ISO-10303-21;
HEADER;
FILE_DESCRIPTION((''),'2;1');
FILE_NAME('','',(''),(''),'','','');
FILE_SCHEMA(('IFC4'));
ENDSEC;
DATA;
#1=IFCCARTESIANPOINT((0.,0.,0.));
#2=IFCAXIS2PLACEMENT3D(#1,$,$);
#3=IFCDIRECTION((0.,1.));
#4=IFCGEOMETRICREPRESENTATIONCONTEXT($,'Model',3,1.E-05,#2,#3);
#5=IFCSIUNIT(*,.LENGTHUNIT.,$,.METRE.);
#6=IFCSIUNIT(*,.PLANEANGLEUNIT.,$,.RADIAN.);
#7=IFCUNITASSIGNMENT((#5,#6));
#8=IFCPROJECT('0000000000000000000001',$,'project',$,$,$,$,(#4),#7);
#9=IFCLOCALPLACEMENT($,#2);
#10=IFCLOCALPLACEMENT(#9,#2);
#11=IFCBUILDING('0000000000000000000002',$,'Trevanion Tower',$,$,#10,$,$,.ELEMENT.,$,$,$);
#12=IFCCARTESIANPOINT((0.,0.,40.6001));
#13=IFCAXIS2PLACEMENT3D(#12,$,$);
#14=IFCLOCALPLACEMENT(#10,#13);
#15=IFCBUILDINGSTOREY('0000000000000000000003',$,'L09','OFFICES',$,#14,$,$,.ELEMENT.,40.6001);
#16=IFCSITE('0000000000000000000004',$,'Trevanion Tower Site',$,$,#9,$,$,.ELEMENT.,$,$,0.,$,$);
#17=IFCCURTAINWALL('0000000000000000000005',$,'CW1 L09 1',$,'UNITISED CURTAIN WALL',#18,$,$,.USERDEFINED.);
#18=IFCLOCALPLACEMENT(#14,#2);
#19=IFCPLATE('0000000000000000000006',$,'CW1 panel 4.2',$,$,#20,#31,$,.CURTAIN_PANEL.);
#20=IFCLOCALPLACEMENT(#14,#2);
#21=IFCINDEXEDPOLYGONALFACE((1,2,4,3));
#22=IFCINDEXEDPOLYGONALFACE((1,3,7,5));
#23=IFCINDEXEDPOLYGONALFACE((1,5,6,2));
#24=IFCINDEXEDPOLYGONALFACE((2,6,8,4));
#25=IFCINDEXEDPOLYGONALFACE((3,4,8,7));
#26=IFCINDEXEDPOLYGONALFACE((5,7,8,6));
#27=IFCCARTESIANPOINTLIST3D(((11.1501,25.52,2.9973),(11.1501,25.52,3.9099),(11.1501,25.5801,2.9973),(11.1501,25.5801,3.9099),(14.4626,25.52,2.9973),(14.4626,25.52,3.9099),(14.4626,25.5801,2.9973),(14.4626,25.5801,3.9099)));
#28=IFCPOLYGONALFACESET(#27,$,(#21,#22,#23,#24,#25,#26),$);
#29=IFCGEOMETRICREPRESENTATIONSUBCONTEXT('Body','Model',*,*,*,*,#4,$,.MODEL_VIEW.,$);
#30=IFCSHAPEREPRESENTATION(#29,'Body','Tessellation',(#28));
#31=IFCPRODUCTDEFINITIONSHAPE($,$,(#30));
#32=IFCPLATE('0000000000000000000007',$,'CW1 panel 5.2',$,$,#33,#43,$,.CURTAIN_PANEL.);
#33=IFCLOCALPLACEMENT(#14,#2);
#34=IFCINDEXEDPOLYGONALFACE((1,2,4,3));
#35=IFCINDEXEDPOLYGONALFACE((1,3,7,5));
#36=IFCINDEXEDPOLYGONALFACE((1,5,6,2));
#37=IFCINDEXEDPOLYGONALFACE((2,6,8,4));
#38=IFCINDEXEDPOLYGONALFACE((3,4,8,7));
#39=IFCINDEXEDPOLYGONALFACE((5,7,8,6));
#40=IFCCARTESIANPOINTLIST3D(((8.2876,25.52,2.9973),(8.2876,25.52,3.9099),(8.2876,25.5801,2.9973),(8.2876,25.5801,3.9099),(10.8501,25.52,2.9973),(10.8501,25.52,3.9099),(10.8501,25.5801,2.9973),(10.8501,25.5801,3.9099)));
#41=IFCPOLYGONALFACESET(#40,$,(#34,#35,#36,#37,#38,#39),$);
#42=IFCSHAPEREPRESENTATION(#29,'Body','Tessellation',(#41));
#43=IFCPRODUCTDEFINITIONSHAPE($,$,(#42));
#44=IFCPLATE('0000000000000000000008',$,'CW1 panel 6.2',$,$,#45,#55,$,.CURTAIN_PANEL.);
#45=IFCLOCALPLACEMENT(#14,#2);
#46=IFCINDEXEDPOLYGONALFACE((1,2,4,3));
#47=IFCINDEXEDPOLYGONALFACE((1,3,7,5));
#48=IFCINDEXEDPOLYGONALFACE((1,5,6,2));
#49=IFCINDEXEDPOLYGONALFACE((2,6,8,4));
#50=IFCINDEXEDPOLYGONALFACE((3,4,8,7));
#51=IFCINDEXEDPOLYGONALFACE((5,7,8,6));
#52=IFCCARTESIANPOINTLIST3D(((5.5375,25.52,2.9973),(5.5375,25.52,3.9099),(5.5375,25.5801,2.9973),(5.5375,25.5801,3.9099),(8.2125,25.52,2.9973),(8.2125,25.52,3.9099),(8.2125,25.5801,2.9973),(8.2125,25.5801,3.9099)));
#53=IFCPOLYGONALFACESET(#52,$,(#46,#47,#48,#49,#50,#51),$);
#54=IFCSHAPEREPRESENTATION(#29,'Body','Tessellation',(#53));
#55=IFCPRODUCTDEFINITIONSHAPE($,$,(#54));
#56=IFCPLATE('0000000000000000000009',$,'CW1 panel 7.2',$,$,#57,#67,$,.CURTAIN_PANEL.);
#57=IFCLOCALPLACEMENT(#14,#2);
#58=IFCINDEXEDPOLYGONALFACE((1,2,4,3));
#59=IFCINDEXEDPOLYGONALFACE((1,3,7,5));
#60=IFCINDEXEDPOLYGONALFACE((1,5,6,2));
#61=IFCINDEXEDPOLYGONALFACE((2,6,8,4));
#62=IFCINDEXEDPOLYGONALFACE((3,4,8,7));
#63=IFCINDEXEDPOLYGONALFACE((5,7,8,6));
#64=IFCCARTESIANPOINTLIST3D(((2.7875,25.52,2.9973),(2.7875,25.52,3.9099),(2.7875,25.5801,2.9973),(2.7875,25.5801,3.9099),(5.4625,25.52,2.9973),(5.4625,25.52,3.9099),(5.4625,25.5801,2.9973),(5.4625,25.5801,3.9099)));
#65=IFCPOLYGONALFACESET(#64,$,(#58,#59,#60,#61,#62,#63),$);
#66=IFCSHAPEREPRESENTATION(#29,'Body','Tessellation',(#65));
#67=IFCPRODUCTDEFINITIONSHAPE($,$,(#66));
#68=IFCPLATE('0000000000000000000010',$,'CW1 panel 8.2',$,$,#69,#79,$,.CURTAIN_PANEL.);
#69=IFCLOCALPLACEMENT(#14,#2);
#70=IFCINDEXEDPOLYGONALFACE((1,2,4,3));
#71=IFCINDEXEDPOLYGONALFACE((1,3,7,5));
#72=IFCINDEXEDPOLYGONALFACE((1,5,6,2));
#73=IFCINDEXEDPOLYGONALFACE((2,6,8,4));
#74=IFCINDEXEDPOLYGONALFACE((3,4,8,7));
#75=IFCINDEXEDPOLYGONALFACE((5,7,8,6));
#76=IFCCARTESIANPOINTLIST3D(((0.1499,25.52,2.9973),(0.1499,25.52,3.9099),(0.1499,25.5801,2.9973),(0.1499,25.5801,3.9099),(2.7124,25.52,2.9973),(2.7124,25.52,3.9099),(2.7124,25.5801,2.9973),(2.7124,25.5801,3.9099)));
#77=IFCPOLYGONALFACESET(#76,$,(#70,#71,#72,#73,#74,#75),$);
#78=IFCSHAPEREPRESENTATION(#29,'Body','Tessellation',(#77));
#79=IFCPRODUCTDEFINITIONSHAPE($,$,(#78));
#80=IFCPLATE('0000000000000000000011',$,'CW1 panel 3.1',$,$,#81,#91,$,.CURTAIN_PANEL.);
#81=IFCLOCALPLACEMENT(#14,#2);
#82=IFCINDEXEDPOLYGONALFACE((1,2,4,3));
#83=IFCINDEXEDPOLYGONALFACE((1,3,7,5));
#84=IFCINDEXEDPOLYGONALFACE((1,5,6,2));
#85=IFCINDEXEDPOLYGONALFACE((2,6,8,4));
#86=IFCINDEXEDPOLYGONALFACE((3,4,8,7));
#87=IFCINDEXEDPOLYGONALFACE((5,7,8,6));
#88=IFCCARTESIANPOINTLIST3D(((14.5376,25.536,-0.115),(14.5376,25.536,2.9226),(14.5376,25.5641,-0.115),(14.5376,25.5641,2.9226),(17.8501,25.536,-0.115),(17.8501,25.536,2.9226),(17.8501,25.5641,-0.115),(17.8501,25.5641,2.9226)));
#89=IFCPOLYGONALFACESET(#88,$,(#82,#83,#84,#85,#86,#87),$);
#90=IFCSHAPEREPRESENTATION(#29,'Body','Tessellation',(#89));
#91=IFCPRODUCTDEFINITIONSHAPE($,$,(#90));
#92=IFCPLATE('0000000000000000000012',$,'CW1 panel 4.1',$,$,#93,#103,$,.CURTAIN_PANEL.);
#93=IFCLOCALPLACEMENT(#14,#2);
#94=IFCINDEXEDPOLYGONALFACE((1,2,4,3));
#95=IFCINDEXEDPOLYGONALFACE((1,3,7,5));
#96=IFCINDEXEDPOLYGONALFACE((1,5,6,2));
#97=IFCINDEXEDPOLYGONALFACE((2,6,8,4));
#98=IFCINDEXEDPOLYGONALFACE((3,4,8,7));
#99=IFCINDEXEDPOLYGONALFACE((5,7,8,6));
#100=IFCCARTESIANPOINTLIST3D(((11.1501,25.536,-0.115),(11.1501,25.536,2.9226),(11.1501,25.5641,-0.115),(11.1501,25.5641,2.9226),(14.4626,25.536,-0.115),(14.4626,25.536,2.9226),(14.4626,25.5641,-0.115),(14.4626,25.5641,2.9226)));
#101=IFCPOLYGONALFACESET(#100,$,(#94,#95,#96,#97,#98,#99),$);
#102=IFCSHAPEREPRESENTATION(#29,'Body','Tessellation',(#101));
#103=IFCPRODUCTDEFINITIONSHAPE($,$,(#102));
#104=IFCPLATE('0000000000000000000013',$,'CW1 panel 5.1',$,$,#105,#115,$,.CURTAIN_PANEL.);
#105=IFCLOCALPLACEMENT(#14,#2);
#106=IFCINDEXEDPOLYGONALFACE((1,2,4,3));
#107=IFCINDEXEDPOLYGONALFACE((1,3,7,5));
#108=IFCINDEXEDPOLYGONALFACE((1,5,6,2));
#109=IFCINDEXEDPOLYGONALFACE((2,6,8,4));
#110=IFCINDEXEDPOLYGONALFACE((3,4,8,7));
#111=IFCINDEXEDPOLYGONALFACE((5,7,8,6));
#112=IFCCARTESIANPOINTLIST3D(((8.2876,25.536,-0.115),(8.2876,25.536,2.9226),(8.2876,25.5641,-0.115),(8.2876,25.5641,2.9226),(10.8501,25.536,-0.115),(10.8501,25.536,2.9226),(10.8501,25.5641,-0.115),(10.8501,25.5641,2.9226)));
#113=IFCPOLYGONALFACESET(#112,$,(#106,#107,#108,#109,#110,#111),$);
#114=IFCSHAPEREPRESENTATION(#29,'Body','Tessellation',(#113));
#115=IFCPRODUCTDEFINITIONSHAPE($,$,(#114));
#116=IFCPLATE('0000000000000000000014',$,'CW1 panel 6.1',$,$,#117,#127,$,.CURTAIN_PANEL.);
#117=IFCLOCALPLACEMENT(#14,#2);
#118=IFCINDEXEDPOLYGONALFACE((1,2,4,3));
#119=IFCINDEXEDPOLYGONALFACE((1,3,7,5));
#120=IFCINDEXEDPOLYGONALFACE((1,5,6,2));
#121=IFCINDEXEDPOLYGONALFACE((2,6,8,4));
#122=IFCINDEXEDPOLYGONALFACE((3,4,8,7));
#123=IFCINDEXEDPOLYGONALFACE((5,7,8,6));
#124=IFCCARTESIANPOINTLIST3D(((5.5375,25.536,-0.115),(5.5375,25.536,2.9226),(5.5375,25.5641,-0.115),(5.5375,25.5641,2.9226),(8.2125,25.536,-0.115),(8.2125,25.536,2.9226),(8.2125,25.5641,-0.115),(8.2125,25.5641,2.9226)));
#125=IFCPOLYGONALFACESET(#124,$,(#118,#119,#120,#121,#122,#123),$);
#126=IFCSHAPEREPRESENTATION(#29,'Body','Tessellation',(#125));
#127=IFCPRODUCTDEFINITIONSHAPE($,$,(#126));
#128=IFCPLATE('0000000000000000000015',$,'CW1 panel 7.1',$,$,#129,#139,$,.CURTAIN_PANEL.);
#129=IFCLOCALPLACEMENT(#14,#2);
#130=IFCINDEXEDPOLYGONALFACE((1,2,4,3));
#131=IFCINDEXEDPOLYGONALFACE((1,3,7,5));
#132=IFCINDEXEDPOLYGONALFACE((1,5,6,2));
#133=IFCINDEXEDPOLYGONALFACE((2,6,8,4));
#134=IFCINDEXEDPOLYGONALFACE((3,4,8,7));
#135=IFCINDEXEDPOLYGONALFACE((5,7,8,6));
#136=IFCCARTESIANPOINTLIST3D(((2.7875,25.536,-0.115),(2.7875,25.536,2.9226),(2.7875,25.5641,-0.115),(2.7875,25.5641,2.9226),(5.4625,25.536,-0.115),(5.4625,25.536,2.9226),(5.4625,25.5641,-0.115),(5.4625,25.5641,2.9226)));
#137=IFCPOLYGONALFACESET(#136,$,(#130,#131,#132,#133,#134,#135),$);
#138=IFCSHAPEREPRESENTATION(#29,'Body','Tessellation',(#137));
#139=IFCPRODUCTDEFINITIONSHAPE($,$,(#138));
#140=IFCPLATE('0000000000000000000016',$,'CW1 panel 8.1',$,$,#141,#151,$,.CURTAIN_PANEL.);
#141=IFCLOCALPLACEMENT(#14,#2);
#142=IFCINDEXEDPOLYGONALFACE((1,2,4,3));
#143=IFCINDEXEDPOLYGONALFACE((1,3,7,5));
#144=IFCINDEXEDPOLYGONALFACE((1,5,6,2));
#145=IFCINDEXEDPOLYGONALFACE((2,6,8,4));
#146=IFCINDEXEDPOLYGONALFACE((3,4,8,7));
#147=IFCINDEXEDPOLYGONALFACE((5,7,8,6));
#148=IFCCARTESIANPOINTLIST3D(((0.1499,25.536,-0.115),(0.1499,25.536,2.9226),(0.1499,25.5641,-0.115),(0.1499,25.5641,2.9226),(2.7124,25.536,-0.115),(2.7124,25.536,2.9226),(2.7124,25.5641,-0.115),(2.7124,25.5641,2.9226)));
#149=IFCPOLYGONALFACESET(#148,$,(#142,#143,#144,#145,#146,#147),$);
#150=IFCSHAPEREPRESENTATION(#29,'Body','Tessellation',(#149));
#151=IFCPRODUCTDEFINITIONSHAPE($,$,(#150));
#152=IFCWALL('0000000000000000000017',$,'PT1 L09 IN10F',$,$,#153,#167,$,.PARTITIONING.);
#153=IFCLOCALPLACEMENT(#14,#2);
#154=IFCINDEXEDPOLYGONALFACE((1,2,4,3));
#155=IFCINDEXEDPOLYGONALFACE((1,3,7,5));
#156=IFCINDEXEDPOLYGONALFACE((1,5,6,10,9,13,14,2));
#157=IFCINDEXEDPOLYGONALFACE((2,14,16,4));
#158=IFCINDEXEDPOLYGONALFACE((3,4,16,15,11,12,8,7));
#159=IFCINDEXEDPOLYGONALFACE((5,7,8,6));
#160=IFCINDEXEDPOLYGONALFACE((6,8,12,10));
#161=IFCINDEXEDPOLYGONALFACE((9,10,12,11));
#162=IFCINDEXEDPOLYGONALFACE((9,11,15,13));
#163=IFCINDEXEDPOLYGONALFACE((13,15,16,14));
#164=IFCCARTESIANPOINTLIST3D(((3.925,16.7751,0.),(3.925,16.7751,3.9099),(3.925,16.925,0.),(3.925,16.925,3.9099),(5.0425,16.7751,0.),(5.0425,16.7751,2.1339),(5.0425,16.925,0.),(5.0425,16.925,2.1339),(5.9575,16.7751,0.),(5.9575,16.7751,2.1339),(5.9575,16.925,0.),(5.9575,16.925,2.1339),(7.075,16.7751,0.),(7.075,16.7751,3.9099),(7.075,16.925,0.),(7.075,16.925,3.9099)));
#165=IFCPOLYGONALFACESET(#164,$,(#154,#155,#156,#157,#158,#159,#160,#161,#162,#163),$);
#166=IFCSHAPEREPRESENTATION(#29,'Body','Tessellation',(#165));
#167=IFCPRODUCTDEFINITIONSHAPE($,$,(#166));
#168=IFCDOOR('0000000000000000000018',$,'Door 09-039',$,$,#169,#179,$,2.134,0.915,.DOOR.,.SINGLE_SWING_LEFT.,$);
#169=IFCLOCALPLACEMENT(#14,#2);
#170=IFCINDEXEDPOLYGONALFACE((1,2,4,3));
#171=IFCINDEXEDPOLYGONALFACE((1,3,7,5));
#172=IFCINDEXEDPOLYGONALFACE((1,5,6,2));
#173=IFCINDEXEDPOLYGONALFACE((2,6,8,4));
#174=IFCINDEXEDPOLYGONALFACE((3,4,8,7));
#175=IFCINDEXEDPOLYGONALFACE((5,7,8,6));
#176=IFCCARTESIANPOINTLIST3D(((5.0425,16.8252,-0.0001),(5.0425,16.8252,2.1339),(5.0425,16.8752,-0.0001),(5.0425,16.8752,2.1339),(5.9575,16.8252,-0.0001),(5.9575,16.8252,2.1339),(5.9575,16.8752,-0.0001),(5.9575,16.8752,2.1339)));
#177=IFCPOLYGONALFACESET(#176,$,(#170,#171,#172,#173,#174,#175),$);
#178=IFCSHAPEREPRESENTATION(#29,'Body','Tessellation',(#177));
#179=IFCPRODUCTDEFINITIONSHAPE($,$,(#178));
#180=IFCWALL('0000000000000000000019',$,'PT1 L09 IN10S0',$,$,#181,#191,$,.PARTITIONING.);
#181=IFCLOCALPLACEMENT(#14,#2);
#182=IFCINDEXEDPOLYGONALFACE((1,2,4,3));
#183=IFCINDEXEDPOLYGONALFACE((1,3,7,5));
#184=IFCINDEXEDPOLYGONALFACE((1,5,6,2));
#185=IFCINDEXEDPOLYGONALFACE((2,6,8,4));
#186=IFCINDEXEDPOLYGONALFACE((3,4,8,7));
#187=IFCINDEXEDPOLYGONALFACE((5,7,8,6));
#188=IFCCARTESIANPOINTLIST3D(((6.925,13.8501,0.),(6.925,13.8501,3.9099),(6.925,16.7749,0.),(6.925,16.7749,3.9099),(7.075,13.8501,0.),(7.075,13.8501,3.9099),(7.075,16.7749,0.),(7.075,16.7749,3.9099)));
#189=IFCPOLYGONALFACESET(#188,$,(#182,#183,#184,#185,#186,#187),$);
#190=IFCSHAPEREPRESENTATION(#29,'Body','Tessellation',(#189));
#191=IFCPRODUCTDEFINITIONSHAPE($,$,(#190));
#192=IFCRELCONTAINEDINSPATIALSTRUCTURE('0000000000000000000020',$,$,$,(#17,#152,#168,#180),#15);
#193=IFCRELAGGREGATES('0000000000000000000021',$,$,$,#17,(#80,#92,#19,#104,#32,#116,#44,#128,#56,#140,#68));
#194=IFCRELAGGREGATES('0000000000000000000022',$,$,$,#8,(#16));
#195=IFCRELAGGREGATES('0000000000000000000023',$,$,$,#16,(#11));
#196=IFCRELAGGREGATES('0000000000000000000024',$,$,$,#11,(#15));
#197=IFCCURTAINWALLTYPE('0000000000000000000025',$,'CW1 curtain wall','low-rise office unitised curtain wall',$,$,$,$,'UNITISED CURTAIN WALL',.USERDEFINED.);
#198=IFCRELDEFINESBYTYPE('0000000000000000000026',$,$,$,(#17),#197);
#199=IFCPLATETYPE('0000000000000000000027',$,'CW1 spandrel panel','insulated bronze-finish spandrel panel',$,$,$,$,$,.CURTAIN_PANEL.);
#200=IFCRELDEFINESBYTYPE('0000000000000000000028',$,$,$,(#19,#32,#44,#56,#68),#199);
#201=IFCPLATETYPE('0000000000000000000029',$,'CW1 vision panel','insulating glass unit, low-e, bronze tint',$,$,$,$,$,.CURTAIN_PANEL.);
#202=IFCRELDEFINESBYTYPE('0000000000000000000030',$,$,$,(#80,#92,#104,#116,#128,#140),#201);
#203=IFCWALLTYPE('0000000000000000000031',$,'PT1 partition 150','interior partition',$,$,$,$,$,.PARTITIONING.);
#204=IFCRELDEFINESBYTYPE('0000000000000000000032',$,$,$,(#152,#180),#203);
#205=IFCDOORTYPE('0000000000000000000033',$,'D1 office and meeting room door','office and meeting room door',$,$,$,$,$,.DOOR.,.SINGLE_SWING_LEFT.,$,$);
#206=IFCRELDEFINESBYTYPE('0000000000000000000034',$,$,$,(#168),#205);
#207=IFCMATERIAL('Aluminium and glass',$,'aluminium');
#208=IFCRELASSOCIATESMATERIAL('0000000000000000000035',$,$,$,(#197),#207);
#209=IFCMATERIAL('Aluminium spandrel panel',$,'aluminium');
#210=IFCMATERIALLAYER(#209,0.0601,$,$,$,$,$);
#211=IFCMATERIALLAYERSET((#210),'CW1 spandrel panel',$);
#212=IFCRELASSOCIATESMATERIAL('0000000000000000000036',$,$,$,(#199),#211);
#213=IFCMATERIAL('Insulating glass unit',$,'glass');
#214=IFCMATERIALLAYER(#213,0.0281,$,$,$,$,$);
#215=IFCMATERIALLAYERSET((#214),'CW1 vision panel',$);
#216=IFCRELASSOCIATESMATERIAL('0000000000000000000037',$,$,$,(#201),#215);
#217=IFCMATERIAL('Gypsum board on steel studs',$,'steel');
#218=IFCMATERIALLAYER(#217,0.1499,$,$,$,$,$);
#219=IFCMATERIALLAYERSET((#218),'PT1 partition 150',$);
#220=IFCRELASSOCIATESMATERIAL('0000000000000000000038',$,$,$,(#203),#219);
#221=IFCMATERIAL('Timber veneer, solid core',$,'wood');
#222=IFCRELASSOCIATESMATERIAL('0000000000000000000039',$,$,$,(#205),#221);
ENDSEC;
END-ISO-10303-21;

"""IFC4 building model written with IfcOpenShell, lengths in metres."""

from ifc_helpers import new_model, si_unit, direction, frame, frame_2d, origin, origin_2d, place, context, subcontext, project, spatial, rectangle, extrude, material, layer, layer_set, type_object, element, fill, aggregate, save


model = new_model("IFC4")

# Units and contexts
model_context = context("Model", 3, precision=1e-05, world=origin(), true_north=direction((0.0, 1.0)))
body_context = subcontext(model_context, "Body", "Model", "MODEL_VIEW")
ifc_project = project(units=[si_unit("LENGTHUNIT", "METRE"), si_unit("PLANEANGLEUNIT", "RADIAN")], contexts=[model_context])

# Site, building, storey
site_placement = place(None, origin())
site = spatial("IfcSite", under=ifc_project, at=site_placement, Name="Trevanion Tower Site", CompositionType="ELEMENT", RefElevation=0.0)
building_placement = place(site_placement, origin())
building = spatial("IfcBuilding", under=site, at=building_placement, Name="Trevanion Tower", CompositionType="ELEMENT")
storey_placement = place(building_placement, frame((0.0, 0.0, 40.6001)))
storey = spatial("IfcBuildingStorey", under=building, at=storey_placement, Name="L09", Description="OFFICES", CompositionType="ELEMENT", Elevation=40.6001)

# Curtain wall
ifc_material_1 = material(Name="Aluminium and glass", Category="aluminium")
curtain_wall_type = type_object("IfcCurtainWallType", Name="CW1 curtain wall", Description="low-rise office unitised curtain wall", ElementType="UNITISED CURTAIN WALL", PredefinedType="USERDEFINED", material=ifc_material_1)
curtain_wall_placement = place(storey_placement, origin())
curtain_wall = element("IfcCurtainWall", 1, at=curtain_wall_placement, inside=storey, type_object=curtain_wall_type, Name="CW1 L09 1", ObjectType="UNITISED CURTAIN WALL", PredefinedType="USERDEFINED")

# Plates
ifc_material_2 = material(Name="Aluminium spandrel panel", Category="aluminium")
ifc_layer_1 = layer(ifc_material_2, 0.0601)
ifc_layer_set_1 = layer_set([ifc_layer_1], Name="CW1 spandrel panel")
plate_type_1 = type_object("IfcPlateType", Name="CW1 spandrel panel", Description="insulated bronze-finish spandrel panel", PredefinedType="CURTAIN_PANEL", material=ifc_layer_set_1)
plate_1_placement = place(storey_placement, frame((12.8064, 25.55, 2.9973), z_axis=(0.0, 0.0, 1.0), x_axis=(-1.0, 0.0, 0.0)))
plate_1 = element("IfcPlate", 2, at=plate_1_placement, type_object=plate_type_1, Name="CW1 panel 4.2", PredefinedType="CURTAIN_PANEL", context=body_context, shape_type="SweptSolid", body=[
    extrude(rectangle(XDim=3.3125, YDim=0.0601, at=origin_2d()), origin(), (0.0, 0.0, 1.0), 0.9126),
])
plate_2_placement = place(storey_placement, frame((9.5688, 25.55, 2.9973), z_axis=(0.0, 0.0, 1.0), x_axis=(-1.0, 0.0, 0.0)))
plate_2 = element("IfcPlate", 3, at=plate_2_placement, type_object=plate_type_1, Name="CW1 panel 5.2", PredefinedType="CURTAIN_PANEL", context=body_context, shape_type="SweptSolid", body=[
    extrude(rectangle(XDim=2.5625, YDim=0.0601, at=origin_2d()), origin(), (0.0, 0.0, 1.0), 0.9126),
])
plate_3_placement = place(storey_placement, frame((6.875, 25.55, 2.9973), z_axis=(0.0, 0.0, 1.0), x_axis=(-1.0, 0.0, 0.0)))
plate_3 = element("IfcPlate", 4, at=plate_3_placement, type_object=plate_type_1, Name="CW1 panel 6.2", PredefinedType="CURTAIN_PANEL", context=body_context, shape_type="SweptSolid", body=[
    extrude(rectangle(XDim=2.675, YDim=0.0601, at=origin_2d()), origin(), (0.0, 0.0, 1.0), 0.9126),
])
plate_4_placement = place(storey_placement, frame((4.125, 25.55, 2.9973), z_axis=(0.0, 0.0, 1.0), x_axis=(-1.0, 0.0, 0.0)))
plate_4 = element("IfcPlate", 5, at=plate_4_placement, type_object=plate_type_1, Name="CW1 panel 7.2", PredefinedType="CURTAIN_PANEL", context=body_context, shape_type="SweptSolid", body=[
    extrude(rectangle(XDim=2.675, YDim=0.0601, at=origin_2d()), origin(), (0.0, 0.0, 1.0), 0.9126),
])
plate_5_placement = place(storey_placement, frame((1.4312, 25.55, 2.9973), z_axis=(0.0, 0.0, 1.0), x_axis=(-1.0, 0.0, 0.0)))
plate_5 = element("IfcPlate", 6, at=plate_5_placement, type_object=plate_type_1, Name="CW1 panel 8.2", PredefinedType="CURTAIN_PANEL", context=body_context, shape_type="SweptSolid", body=[
    extrude(rectangle(XDim=2.5625, YDim=0.0601, at=origin_2d()), origin(), (0.0, 0.0, 1.0), 0.9126),
])
ifc_material_3 = material(Name="Insulating glass unit", Category="glass")
ifc_layer_2 = layer(ifc_material_3, 0.0281)
ifc_layer_set_2 = layer_set([ifc_layer_2], Name="CW1 vision panel")
plate_type_2 = type_object("IfcPlateType", Name="CW1 vision panel", Description="insulating glass unit, low-e, bronze tint", PredefinedType="CURTAIN_PANEL", material=ifc_layer_set_2)
plate_6_placement = place(storey_placement, frame((16.1938, 25.55, -0.115), z_axis=(0.0, 0.0, 1.0), x_axis=(-1.0, 0.0, 0.0)))
plate_6 = element("IfcPlate", 7, at=plate_6_placement, type_object=plate_type_2, Name="CW1 panel 3.1", PredefinedType="CURTAIN_PANEL", context=body_context, shape_type="SweptSolid", body=[
    extrude(rectangle(XDim=3.3125, YDim=0.0281, at=origin_2d()), origin(), (0.0, 0.0, 1.0), 3.0376),
])
plate_7_placement = place(storey_placement, frame((12.8064, 25.55, -0.115), z_axis=(0.0, 0.0, 1.0), x_axis=(-1.0, 0.0, 0.0)))
plate_7 = element("IfcPlate", 8, at=plate_7_placement, type_object=plate_type_2, Name="CW1 panel 4.1", PredefinedType="CURTAIN_PANEL", context=body_context, shape_type="SweptSolid", body=[
    extrude(rectangle(XDim=3.3125, YDim=0.0281, at=origin_2d()), origin(), (0.0, 0.0, 1.0), 3.0376),
])
plate_8_placement = place(storey_placement, frame((9.5688, 25.55, -0.115), z_axis=(0.0, 0.0, 1.0), x_axis=(-1.0, 0.0, 0.0)))
plate_8 = element("IfcPlate", 9, at=plate_8_placement, type_object=plate_type_2, Name="CW1 panel 5.1", PredefinedType="CURTAIN_PANEL", context=body_context, shape_type="SweptSolid", body=[
    extrude(rectangle(XDim=2.5625, YDim=0.0281, at=origin_2d()), origin(), (0.0, 0.0, 1.0), 3.0376),
])
plate_9_placement = place(storey_placement, frame((6.875, 25.55, -0.115), z_axis=(0.0, 0.0, 1.0), x_axis=(-1.0, 0.0, 0.0)))
plate_9 = element("IfcPlate", 10, at=plate_9_placement, type_object=plate_type_2, Name="CW1 panel 6.1", PredefinedType="CURTAIN_PANEL", context=body_context, shape_type="SweptSolid", body=[
    extrude(rectangle(XDim=2.675, YDim=0.0281, at=origin_2d()), origin(), (0.0, 0.0, 1.0), 3.0376),
])
plate_10_placement = place(storey_placement, frame((4.125, 25.55, -0.115), z_axis=(0.0, 0.0, 1.0), x_axis=(-1.0, 0.0, 0.0)))
plate_10 = element("IfcPlate", 11, at=plate_10_placement, type_object=plate_type_2, Name="CW1 panel 7.1", PredefinedType="CURTAIN_PANEL", context=body_context, shape_type="SweptSolid", body=[
    extrude(rectangle(XDim=2.675, YDim=0.0281, at=origin_2d()), origin(), (0.0, 0.0, 1.0), 3.0376),
])
plate_11_placement = place(storey_placement, frame((1.4312, 25.55, -0.115), z_axis=(0.0, 0.0, 1.0), x_axis=(-1.0, 0.0, 0.0)))
plate_11 = element("IfcPlate", 12, at=plate_11_placement, type_object=plate_type_2, Name="CW1 panel 8.1", PredefinedType="CURTAIN_PANEL", context=body_context, shape_type="SweptSolid", body=[
    extrude(rectangle(XDim=2.5625, YDim=0.0281, at=origin_2d()), origin(), (0.0, 0.0, 1.0), 3.0376),
])
aggregate(curtain_wall, [plate_6, plate_7, plate_1, plate_8, plate_2, plate_9, plate_3, plate_10, plate_4, plate_11, plate_5])

# Wall, opening, door
ifc_material_4 = material(Name="Gypsum board on steel studs", Category="steel")
ifc_layer_3 = layer(ifc_material_4, 0.1499)
ifc_layer_set_3 = layer_set([ifc_layer_3], Name="PT1 partition 150")
wall_type_1 = type_object("IfcWallType", Name="PT1 partition 150", Description="interior partition", PredefinedType="PARTITIONING", material=ifc_layer_set_3)
wall_1_placement = place(storey_placement, frame((7.075, 16.8501, 0.0), z_axis=(0.0, 0.0, 1.0), x_axis=(-1.0, 0.0, 0.0)))
wall_1 = element("IfcWall", 13, at=wall_1_placement, inside=storey, type_object=wall_type_1, Name="PT1 L09 IN10F", PredefinedType="PARTITIONING", context=body_context, shape_type="SweptSolid", body=[
    extrude(rectangle(XDim=3.1499, YDim=0.1499, at=frame_2d((1.575, 0.0))), origin(), (0.0, 0.0, 1.0), 3.9099),
])
opening_placement = place(wall_1_placement, frame((1.1174, 0.0, 0.0)))
opening = element("IfcOpeningElement", 14, at=opening_placement, cuts=wall_1, PredefinedType="OPENING", context=body_context, shape_type="SweptSolid", body=[
    extrude(rectangle(XDim=0.915, YDim=2.134, at=frame_2d((0.4575, 1.0669))), frame((0.0, 0.085, 0.0), z_axis=(0.0, -1.0, 0.0), x_axis=(1.0, 0.0, 0.0)), (0.0, 0.0, 1.0), 0.1699),
])
ifc_material_5 = material(Name="Timber veneer, solid core", Category="wood")
door_type = type_object("IfcDoorType", Name="D1 office and meeting room door", Description="office and meeting room door", OperationType="SINGLE_SWING_LEFT", PredefinedType="DOOR", material=ifc_material_5)
door_placement = place(opening_placement, origin())
door = element("IfcDoor", 15, at=door_placement, inside=storey, type_object=door_type, Name="Door 09-039", OperationType="SINGLE_SWING_LEFT", OverallHeight=2.134, OverallWidth=0.915, PredefinedType="DOOR", context=body_context, shape_type="SweptSolid", body=[
    extrude(rectangle(XDim=0.915, YDim=2.134, at=frame_2d((0.4575, 1.0669))), frame((0.0, 0.0249, 0.0), z_axis=(0.0, -1.0, 0.0), x_axis=(1.0, 0.0, 0.0)), (0.0, 0.0, 1.0), 0.05),
])
fill(opening, door)

# Wall
for number, where, z_axis, x_axis, name in (
    (16, (7.0, 16.7749, 0.0), (0.0, 0.0, 1.0), (0.0, -1.0, 0.0), "PT1 L09 IN10S0"),
):
    element("IfcWall", number, at=place(storey_placement, frame(where, z_axis=z_axis, x_axis=x_axis)), inside=storey, type_object=wall_type_1, Name=name, PredefinedType="PARTITIONING", context=body_context, shape_type="SweptSolid", body=[
        extrude(rectangle(XDim=2.9248, YDim=0.1499, at=frame_2d((1.4624, 0.0))), origin(), (0.0, 0.0, 1.0), 3.9099),
    ])

save(model, "model.ifc")
